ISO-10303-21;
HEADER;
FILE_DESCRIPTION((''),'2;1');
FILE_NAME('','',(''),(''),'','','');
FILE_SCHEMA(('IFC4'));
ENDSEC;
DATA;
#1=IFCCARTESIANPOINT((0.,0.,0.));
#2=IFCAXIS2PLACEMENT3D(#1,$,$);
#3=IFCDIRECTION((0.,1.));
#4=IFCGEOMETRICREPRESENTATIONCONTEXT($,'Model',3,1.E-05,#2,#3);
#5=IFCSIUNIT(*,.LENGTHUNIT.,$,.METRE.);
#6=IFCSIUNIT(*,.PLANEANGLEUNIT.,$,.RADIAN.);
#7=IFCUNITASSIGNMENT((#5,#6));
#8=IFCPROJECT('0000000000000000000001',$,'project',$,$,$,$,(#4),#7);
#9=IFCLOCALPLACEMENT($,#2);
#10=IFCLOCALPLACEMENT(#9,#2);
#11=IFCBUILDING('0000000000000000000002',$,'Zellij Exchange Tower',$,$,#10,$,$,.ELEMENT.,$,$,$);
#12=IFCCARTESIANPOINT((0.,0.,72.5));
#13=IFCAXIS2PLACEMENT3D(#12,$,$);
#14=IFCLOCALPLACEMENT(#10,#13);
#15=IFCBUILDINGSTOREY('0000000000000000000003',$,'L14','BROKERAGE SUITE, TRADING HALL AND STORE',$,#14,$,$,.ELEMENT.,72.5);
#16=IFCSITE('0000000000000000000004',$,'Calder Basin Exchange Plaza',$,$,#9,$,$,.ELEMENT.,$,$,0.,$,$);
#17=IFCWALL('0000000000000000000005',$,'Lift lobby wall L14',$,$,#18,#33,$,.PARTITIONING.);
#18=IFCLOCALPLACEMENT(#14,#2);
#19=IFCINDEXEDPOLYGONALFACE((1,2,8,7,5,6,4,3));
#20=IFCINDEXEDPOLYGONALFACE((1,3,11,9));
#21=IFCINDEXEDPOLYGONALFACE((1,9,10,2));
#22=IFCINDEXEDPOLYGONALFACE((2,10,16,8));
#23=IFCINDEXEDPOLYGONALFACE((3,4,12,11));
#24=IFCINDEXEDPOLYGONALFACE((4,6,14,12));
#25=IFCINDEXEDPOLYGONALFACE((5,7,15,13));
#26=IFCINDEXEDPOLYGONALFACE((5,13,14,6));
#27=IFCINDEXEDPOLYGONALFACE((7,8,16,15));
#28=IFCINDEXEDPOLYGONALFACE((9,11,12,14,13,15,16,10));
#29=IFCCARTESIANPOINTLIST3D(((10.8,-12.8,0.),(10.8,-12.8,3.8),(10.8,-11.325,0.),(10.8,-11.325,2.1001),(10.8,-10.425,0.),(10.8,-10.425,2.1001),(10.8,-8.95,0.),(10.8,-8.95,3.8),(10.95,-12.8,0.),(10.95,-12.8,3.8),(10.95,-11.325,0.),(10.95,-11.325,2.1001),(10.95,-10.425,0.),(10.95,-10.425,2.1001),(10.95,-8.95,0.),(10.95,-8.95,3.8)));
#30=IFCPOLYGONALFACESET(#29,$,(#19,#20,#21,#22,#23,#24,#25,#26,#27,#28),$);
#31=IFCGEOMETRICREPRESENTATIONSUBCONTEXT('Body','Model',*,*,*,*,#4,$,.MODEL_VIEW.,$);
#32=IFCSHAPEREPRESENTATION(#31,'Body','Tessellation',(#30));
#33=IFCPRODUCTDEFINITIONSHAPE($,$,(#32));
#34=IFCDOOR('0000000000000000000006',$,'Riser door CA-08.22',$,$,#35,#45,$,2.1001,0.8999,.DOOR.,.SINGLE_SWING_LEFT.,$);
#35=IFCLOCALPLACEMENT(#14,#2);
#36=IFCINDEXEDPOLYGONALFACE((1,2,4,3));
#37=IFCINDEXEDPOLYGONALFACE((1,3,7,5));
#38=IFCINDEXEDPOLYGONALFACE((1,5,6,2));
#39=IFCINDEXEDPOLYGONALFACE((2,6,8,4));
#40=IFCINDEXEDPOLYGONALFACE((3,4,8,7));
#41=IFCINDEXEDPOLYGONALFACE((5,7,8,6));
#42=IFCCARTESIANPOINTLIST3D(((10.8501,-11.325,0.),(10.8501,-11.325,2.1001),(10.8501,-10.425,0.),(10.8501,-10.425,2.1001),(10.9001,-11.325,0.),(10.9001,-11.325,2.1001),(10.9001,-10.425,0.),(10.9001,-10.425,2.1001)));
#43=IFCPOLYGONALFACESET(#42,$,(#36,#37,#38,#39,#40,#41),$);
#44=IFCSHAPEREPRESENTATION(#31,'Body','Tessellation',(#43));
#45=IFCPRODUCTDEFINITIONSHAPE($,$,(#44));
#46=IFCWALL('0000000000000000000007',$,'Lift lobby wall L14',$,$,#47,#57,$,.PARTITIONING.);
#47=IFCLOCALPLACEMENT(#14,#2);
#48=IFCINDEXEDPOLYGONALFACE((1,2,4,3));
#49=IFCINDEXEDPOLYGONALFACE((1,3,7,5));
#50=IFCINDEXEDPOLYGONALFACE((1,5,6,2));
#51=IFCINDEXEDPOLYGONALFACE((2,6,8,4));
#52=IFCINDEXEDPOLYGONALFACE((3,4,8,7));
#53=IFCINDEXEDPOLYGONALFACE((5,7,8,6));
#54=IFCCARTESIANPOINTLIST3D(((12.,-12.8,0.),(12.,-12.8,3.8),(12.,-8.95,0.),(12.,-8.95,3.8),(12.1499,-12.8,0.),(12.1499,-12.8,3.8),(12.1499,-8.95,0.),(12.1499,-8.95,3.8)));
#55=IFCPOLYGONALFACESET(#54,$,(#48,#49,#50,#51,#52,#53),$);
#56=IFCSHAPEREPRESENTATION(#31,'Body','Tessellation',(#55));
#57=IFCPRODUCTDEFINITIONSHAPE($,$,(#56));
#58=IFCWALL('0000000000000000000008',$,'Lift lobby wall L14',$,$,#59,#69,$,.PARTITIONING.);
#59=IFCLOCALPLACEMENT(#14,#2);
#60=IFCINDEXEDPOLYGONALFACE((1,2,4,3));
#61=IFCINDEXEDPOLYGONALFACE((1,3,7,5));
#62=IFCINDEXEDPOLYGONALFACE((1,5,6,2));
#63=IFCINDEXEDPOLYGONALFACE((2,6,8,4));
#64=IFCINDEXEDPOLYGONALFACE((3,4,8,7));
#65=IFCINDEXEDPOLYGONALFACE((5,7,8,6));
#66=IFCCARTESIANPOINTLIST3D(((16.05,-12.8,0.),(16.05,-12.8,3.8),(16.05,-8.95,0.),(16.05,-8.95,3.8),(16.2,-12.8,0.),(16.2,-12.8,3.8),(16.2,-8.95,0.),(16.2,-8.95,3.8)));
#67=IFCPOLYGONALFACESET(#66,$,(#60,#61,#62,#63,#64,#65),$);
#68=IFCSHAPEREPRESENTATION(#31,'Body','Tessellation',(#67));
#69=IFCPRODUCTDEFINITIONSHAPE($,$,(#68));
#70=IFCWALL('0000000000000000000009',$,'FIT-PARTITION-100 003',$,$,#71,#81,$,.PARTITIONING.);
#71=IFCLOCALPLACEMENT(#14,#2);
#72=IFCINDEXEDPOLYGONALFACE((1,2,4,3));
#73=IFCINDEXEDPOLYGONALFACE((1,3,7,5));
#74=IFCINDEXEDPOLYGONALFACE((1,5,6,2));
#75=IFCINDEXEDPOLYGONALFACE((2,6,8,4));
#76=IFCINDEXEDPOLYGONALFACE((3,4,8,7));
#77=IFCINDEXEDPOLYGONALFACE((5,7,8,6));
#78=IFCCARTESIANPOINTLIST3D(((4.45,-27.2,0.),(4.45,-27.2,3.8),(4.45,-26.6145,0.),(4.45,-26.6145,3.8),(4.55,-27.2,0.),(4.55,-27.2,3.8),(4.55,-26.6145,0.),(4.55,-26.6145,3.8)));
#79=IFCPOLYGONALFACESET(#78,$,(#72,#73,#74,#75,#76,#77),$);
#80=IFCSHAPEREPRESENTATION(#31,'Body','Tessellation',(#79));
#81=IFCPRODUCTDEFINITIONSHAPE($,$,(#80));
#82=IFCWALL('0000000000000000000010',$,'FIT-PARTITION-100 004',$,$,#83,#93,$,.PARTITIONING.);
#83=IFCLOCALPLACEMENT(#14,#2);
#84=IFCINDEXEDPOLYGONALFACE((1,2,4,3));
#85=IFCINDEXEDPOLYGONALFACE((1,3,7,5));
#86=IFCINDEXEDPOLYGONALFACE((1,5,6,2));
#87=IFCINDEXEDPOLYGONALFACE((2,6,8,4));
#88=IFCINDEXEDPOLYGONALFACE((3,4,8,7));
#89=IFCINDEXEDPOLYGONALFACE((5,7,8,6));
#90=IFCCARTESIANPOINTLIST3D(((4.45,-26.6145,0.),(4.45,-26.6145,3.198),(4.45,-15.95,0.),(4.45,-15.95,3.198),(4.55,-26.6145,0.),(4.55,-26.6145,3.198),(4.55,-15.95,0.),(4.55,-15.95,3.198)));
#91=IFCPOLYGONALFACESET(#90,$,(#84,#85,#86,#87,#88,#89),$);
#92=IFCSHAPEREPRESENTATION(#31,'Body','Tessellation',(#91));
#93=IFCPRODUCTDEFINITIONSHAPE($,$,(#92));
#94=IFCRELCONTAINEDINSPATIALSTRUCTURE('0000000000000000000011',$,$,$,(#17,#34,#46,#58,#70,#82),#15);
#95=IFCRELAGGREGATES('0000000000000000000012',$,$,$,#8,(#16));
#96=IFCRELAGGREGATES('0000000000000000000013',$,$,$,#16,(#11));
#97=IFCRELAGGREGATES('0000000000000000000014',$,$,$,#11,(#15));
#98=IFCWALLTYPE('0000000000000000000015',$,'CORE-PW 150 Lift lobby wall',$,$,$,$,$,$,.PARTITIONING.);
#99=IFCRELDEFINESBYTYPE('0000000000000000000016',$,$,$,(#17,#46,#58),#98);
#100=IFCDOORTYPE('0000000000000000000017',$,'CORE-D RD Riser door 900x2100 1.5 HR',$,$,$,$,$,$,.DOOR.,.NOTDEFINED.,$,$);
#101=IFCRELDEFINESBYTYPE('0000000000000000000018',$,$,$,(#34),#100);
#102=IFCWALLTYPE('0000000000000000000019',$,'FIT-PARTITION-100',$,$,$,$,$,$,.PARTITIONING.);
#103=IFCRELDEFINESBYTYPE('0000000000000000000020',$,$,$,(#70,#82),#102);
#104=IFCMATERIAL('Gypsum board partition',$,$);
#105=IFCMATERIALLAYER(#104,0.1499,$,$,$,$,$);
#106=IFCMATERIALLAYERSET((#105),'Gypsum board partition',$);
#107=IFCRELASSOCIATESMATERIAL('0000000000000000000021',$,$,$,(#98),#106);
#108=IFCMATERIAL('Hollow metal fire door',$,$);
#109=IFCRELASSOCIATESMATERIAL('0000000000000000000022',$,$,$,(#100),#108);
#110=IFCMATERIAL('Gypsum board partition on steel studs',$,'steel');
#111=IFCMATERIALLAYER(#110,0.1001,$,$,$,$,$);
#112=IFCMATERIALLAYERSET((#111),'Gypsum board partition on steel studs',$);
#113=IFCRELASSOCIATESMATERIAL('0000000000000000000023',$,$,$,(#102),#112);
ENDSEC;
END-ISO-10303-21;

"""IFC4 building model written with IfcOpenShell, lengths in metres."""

from ifc_helpers import new_model, si_unit, direction, frame, frame_2d, origin, place, context, subcontext, project, spatial, rectangle, extrude, material, layer, layer_set, type_object, element, fill, save


model = new_model("IFC4")

# Units and contexts
model_context = context("Model", 3, precision=1e-05, world=origin(), true_north=direction((0.0, 1.0)))
body_context = subcontext(model_context, "Body", "Model", "MODEL_VIEW")
ifc_project = project(units=[si_unit("LENGTHUNIT", "METRE"), si_unit("PLANEANGLEUNIT", "RADIAN")], contexts=[model_context])

# Site, building, storey
site_placement = place(None, origin())
site = spatial("IfcSite", under=ifc_project, at=site_placement, Name="Calder Basin Exchange Plaza", CompositionType="ELEMENT", RefElevation=0.0)
building_placement = place(site_placement, origin())
building = spatial("IfcBuilding", under=site, at=building_placement, Name="Zellij Exchange Tower", CompositionType="ELEMENT")
storey_placement = place(building_placement, frame((0.0, 0.0, 72.5)))
storey = spatial("IfcBuildingStorey", under=building, at=storey_placement, Name="L14", Description="BROKERAGE SUITE, TRADING HALL AND STORE", CompositionType="ELEMENT", Elevation=72.5)

# Wall, opening, door
ifc_material_1 = material(Name="Gypsum board partition")
ifc_layer_1 = layer(ifc_material_1, 0.1499)
ifc_layer_set_1 = layer_set([ifc_layer_1], Name="Gypsum board partition")
wall_type_1 = type_object("IfcWallType", Name="CORE-PW 150 Lift lobby wall", PredefinedType="PARTITIONING", material=ifc_layer_set_1)
wall_1_placement = place(storey_placement, frame((10.875, -12.8, 0.0), z_axis=(0.0, 0.0, 1.0), x_axis=(0.0, 1.0, 0.0)))
wall_1 = element("IfcWall", 1, at=wall_1_placement, inside=storey, type_object=wall_type_1, Name="Lift lobby wall L14", PredefinedType="PARTITIONING", context=body_context, shape_type="SweptSolid", body=[
    extrude(rectangle(XDim=3.8501, YDim=0.1499, at=frame_2d((1.925, 0.0))), origin(), (0.0, 0.0, 1.0), 3.8),
])
opening_placement = place(wall_1_placement, frame((1.4751, 0.0, 0.0)))
opening = element("IfcOpeningElement", 2, at=opening_placement, cuts=wall_1, PredefinedType="OPENING", context=body_context, shape_type="SweptSolid", body=[
    extrude(rectangle(XDim=0.8999, YDim=2.1001, at=frame_2d((0.45, 1.05))), frame((0.0, 0.0869, 0.0), z_axis=(0.0, -1.0, 0.0), x_axis=(1.0, 0.0, 0.0)), (0.0, 0.0, 1.0), 0.1738),
])
ifc_material_2 = material(Name="Hollow metal fire door")
door_type = type_object("IfcDoorType", Name="CORE-D RD Riser door 900x2100 1.5 HR", OperationType="NOTDEFINED", PredefinedType="DOOR", material=ifc_material_2)
door_placement = place(opening_placement, origin())
door = element("IfcDoor", 3, at=door_placement, inside=storey, type_object=door_type, Name="Riser door CA-08.22", OperationType="SINGLE_SWING_LEFT", OverallHeight=2.1001, OverallWidth=0.8999, PredefinedType="DOOR", context=body_context, shape_type="SweptSolid", body=[
    extrude(rectangle(XDim=0.8999, YDim=2.1001, at=frame_2d((0.45, 1.05))), frame((0.0, 0.0249, 0.0), z_axis=(0.0, -1.0, 0.0), x_axis=(1.0, 0.0, 0.0)), (0.0, 0.0, 1.0), 0.05),
])
fill(opening, door)

# Walls
for number, where, z_axis, x_axis, name in (
    (4, (12.075, -12.8, 0.0), (0.0, 0.0, 1.0), (0.0, 1.0, 0.0), "Lift lobby wall L14"),
    (5, (16.125, -12.8, 0.0), (0.0, 0.0, 1.0), (0.0, 1.0, 0.0), "Lift lobby wall L14"),
):
    element("IfcWall", number, at=place(storey_placement, frame(where, z_axis=z_axis, x_axis=x_axis)), inside=storey, type_object=wall_type_1, Name=name, PredefinedType="PARTITIONING", context=body_context, shape_type="SweptSolid", body=[
        extrude(rectangle(XDim=3.8501, YDim=0.1499, at=frame_2d((1.925, 0.0))), origin(), (0.0, 0.0, 1.0), 3.8),
    ])
ifc_material_3 = material(Name="Gypsum board partition on steel studs", Category="steel")
ifc_layer_2 = layer(ifc_material_3, 0.1001)
ifc_layer_set_2 = layer_set([ifc_layer_2], Name="Gypsum board partition on steel studs")
wall_type_2 = type_object("IfcWallType", Name="FIT-PARTITION-100", PredefinedType="PARTITIONING", material=ifc_layer_set_2)
wall_2_placement = place(storey_placement, frame((4.5, -27.2, 0.0), z_axis=(0.0, 0.0, 1.0), x_axis=(0.0, 1.0, 0.0)))
element("IfcWall", 6, at=wall_2_placement, inside=storey, type_object=wall_type_2, Name="FIT-PARTITION-100 003", PredefinedType="PARTITIONING", context=body_context, shape_type="SweptSolid", body=[
    extrude(rectangle(XDim=0.5854, YDim=0.1001, at=frame_2d((0.2927, 0.0))), origin(), (0.0, 0.0, 1.0), 3.8),
])
wall_3_placement = place(storey_placement, frame((4.5, -26.6145, 0.0), z_axis=(0.0, 0.0, 1.0), x_axis=(0.0, 1.0, 0.0)))
element("IfcWall", 7, at=wall_3_placement, inside=storey, type_object=wall_type_2, Name="FIT-PARTITION-100 004", PredefinedType="PARTITIONING", context=body_context, shape_type="SweptSolid", body=[
    extrude(rectangle(XDim=10.6646, YDim=0.1001, at=frame_2d((5.3323, 0.0))), origin(), (0.0, 0.0, 1.0), 3.198),
])

save(model, "model.ifc")
